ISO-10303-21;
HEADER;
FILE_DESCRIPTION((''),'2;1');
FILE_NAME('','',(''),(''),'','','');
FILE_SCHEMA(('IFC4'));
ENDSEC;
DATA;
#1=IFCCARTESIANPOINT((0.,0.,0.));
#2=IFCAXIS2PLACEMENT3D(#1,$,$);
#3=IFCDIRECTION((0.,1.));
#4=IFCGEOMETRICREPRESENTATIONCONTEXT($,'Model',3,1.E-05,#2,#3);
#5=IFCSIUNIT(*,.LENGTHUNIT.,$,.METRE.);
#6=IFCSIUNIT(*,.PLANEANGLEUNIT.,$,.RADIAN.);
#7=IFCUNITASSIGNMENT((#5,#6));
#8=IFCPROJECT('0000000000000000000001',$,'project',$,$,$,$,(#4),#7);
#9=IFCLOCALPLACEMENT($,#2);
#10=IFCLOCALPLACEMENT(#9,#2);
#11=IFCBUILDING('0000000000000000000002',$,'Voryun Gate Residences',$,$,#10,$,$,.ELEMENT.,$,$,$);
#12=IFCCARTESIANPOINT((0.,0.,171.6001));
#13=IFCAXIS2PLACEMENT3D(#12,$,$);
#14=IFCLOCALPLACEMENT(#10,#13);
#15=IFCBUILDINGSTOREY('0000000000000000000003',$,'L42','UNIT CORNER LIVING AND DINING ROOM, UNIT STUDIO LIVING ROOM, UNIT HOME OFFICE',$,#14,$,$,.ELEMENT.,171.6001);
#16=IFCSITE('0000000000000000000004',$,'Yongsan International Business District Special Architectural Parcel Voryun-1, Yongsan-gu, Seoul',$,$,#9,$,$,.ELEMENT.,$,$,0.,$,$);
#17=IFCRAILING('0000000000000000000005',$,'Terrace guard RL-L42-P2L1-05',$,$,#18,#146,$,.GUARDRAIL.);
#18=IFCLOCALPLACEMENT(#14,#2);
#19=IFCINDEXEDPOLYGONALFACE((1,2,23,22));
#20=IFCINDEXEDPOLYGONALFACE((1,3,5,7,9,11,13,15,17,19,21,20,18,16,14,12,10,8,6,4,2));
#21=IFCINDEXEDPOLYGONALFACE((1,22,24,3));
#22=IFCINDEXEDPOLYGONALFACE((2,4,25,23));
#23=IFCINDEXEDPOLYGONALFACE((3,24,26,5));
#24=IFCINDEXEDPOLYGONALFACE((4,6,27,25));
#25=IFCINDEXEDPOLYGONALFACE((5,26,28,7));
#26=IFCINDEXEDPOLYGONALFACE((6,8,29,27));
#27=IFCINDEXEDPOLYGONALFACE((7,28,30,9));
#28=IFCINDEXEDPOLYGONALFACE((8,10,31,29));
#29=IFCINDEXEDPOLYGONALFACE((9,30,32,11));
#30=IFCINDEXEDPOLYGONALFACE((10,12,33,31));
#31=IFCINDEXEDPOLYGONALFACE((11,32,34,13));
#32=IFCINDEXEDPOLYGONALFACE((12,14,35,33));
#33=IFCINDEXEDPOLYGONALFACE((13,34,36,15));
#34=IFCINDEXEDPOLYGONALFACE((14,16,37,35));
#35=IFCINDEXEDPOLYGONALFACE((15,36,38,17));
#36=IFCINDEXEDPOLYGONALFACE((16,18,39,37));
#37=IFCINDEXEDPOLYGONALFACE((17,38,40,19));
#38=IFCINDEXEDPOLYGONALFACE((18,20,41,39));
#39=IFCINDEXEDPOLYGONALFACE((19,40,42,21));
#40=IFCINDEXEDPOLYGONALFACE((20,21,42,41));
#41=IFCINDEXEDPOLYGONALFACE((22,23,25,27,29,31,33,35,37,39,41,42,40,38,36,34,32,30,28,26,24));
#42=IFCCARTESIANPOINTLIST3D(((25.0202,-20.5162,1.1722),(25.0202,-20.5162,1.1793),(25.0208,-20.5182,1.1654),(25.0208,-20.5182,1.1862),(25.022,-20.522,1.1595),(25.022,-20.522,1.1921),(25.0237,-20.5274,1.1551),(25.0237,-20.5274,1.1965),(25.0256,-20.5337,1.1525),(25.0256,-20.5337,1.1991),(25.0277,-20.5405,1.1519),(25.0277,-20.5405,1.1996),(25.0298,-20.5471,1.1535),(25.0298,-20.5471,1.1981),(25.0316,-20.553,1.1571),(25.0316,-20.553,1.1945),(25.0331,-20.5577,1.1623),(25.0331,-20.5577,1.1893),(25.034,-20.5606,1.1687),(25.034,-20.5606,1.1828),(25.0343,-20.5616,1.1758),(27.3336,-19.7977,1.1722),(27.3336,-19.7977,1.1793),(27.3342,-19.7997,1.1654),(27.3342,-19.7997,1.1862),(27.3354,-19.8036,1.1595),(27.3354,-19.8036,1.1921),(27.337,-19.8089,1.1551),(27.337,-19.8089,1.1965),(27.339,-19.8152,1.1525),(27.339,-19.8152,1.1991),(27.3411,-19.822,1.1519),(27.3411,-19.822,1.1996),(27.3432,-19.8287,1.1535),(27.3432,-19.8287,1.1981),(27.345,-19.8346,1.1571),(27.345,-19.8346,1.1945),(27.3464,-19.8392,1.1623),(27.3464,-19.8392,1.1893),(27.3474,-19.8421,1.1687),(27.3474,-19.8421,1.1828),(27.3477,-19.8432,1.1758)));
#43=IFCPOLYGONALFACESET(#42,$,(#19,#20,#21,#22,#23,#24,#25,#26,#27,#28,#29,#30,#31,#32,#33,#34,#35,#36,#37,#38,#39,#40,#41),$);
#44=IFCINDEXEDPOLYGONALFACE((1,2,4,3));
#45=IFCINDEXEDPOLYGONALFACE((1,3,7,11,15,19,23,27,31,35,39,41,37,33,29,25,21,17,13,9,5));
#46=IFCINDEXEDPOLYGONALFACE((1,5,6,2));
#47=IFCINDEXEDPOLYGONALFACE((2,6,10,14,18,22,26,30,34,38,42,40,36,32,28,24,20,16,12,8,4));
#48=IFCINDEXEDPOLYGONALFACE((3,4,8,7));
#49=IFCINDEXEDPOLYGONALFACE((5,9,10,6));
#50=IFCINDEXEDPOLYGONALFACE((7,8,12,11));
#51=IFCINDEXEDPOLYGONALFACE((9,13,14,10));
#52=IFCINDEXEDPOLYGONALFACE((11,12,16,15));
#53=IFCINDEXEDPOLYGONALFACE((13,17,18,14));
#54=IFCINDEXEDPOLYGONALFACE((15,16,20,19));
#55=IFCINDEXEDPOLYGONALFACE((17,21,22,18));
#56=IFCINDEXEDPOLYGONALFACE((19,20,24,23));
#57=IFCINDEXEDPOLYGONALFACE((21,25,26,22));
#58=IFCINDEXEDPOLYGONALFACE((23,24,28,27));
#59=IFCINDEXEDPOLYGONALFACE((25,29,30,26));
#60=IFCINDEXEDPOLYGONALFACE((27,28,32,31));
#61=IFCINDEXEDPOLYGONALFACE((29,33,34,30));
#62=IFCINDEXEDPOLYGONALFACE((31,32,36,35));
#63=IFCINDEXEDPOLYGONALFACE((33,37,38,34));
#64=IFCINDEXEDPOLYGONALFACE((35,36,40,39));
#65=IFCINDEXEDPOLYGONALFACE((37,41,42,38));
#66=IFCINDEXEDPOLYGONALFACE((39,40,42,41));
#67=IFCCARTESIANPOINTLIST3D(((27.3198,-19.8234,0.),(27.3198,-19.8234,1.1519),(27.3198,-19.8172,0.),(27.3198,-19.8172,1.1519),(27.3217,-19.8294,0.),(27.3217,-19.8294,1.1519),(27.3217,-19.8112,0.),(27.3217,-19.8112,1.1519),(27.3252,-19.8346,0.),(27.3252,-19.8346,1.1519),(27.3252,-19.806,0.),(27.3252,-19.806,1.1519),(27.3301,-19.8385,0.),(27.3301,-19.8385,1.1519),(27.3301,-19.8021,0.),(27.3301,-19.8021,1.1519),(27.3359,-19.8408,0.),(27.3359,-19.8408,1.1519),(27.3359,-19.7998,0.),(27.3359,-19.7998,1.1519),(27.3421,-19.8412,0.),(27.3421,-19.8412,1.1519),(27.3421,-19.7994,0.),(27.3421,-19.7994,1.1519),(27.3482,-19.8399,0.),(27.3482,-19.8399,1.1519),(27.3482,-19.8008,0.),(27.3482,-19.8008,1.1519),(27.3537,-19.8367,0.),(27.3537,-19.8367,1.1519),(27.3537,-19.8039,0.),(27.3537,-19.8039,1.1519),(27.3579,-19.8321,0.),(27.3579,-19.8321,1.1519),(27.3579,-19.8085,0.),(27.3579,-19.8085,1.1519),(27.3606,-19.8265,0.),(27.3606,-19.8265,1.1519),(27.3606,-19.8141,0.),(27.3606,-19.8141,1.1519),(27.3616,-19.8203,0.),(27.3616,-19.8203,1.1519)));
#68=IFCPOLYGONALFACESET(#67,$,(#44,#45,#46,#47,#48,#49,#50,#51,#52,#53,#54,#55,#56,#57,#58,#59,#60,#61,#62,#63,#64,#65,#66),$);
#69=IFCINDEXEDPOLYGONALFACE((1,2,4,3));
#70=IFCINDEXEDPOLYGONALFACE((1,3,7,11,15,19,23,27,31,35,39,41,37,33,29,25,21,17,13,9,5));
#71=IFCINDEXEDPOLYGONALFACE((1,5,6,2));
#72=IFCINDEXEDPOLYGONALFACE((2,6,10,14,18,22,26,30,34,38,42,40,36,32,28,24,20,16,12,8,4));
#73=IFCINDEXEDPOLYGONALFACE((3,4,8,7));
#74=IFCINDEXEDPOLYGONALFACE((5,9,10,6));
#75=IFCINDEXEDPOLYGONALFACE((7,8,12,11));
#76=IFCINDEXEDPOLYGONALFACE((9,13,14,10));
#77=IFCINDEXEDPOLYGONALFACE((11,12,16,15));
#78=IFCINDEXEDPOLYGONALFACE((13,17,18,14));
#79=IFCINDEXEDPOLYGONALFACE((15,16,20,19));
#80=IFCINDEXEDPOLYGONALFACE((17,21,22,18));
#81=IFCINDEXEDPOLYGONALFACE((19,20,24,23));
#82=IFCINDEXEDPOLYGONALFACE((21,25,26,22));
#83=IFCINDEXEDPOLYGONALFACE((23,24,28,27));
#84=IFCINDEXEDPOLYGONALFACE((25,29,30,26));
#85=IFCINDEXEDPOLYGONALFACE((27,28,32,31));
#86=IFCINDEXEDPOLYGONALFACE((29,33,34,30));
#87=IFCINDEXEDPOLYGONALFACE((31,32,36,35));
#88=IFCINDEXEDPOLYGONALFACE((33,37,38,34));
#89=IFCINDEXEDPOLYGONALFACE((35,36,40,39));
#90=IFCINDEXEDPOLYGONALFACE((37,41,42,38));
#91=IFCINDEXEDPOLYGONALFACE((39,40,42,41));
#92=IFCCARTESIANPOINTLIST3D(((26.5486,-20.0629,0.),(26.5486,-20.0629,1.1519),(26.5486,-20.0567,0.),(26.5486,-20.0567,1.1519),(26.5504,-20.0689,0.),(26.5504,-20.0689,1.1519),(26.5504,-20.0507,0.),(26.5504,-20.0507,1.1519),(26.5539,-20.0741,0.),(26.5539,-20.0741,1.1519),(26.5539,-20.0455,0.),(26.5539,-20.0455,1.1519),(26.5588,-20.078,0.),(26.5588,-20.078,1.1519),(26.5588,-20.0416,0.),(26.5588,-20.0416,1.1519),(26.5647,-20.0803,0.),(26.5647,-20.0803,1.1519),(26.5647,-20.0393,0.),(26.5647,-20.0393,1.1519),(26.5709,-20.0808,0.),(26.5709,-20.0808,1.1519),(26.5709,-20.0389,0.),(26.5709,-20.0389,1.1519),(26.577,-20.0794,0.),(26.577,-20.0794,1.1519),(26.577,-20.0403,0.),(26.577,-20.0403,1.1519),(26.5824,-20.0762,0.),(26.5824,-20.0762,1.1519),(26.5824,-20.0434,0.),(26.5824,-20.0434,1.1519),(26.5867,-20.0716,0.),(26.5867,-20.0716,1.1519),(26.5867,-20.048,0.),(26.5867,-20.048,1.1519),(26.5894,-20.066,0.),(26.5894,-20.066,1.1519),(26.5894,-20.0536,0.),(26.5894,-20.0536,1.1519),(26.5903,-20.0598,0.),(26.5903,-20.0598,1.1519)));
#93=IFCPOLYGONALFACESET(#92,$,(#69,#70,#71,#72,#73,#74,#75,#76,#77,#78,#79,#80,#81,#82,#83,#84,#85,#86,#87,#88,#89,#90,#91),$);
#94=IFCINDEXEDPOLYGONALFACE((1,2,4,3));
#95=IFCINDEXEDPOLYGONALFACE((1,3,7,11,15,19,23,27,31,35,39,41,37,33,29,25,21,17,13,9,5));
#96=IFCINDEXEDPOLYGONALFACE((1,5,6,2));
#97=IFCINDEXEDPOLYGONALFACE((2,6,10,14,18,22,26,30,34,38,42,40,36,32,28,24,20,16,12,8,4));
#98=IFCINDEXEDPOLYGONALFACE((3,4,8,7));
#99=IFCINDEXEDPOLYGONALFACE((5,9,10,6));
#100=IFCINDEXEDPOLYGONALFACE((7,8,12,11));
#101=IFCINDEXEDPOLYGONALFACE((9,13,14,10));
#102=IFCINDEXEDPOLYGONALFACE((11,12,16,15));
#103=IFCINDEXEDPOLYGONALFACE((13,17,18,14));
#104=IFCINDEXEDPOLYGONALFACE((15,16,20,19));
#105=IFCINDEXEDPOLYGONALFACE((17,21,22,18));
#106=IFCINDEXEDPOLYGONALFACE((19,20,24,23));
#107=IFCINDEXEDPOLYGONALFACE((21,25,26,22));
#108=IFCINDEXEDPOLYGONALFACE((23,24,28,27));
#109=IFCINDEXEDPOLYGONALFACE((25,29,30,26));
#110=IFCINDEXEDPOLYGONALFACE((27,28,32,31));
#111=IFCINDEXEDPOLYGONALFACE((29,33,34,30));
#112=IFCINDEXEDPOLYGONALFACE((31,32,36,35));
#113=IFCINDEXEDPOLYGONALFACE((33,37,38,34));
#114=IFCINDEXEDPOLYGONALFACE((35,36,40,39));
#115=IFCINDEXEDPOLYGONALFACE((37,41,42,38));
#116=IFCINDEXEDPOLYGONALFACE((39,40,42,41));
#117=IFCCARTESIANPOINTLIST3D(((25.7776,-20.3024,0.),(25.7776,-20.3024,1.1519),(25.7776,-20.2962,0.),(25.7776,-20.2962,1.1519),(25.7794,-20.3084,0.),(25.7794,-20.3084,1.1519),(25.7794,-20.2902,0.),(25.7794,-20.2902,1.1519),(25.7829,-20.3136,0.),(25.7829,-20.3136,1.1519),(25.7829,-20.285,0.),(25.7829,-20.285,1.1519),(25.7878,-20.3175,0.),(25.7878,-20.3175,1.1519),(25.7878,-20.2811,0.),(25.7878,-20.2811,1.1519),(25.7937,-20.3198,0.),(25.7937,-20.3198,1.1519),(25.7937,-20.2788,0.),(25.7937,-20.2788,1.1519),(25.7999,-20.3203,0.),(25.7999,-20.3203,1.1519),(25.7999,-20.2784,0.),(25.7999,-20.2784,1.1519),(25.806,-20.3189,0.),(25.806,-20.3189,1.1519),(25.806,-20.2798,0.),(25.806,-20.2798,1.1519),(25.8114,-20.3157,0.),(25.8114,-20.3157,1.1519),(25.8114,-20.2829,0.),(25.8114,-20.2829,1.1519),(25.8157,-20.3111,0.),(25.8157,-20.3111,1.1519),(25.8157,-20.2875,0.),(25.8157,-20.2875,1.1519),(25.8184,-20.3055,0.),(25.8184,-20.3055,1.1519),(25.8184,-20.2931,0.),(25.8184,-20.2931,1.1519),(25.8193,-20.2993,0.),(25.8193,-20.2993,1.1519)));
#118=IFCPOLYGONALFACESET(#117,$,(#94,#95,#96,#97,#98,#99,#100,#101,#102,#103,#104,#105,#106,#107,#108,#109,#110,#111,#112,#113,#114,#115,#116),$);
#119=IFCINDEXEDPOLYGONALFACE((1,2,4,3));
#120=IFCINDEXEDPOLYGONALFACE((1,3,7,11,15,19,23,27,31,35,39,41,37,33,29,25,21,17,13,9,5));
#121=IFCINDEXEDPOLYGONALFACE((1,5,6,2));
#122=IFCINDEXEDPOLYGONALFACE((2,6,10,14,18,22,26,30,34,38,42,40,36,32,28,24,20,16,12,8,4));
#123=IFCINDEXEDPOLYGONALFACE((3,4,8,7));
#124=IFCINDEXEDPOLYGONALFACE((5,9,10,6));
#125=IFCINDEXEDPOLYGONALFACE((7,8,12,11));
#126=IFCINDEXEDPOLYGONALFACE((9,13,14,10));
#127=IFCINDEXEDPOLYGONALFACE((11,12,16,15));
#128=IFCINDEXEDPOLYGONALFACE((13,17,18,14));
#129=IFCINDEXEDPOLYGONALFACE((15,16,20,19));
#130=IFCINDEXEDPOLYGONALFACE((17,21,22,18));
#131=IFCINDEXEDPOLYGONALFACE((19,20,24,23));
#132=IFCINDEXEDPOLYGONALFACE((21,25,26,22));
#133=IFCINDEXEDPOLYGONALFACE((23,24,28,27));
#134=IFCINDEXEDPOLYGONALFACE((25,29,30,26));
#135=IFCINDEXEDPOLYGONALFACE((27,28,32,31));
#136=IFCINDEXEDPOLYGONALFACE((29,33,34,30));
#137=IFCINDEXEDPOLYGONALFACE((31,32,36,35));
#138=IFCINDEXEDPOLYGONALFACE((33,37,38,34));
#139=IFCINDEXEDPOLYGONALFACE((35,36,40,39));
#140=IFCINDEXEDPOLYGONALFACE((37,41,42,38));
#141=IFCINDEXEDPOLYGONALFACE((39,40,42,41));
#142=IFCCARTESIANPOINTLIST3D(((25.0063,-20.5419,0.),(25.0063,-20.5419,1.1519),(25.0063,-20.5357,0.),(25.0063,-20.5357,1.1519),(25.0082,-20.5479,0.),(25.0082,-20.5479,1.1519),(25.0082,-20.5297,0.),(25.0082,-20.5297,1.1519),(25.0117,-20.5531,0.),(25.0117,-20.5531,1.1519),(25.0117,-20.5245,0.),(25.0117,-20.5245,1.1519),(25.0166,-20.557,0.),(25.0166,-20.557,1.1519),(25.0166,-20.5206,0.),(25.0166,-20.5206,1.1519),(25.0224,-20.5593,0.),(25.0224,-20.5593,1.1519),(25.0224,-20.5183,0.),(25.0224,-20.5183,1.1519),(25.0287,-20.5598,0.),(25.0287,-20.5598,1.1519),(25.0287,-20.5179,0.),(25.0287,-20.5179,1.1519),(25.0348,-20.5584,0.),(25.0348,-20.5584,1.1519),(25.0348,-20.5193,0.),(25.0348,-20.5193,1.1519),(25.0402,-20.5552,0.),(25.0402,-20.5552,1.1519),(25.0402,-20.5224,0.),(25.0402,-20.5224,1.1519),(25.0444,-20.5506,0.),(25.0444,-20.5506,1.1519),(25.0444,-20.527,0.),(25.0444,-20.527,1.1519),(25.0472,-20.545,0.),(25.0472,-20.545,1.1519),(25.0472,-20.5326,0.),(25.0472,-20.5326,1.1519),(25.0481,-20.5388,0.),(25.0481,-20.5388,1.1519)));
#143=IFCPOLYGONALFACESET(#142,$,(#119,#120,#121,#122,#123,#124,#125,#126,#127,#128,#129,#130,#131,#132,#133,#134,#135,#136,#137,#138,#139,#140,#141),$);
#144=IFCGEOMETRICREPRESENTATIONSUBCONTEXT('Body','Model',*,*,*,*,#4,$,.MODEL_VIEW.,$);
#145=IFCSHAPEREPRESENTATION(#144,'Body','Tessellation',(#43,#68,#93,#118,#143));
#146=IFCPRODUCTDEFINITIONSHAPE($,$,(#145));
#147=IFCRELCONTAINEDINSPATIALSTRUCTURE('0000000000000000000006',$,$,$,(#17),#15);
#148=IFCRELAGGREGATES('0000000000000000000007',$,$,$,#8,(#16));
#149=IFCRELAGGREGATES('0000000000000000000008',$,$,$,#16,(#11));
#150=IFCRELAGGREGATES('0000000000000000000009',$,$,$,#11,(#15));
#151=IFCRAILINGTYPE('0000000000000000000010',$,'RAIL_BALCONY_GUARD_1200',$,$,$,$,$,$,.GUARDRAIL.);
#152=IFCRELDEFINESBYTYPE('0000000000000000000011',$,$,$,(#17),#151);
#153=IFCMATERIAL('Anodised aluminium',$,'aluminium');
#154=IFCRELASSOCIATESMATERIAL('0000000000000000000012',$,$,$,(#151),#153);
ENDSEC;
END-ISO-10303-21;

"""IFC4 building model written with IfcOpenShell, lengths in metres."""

from ifc_helpers import new_model, si_unit, direction, frame, origin, origin_2d, place, context, subcontext, project, spatial, circle, extrude, material, type_object, element, save


model = new_model("IFC4")

# Units and contexts
model_context = context("Model", 3, precision=1e-05, world=origin(), true_north=direction((0.0, 1.0)))
body_context = subcontext(model_context, "Body", "Model", "MODEL_VIEW")
ifc_project = project(units=[si_unit("LENGTHUNIT", "METRE"), si_unit("PLANEANGLEUNIT", "RADIAN")], contexts=[model_context])

# Site, building, storey
site_placement = place(None, origin())
site = spatial("IfcSite", under=ifc_project, at=site_placement, Name="Yongsan International Business District Special Architectural Parcel Voryun-1, Yongsan-gu, Seoul", CompositionType="ELEMENT", RefElevation=0.0)
building_placement = place(site_placement, origin())
building = spatial("IfcBuilding", under=site, at=building_placement, Name="Voryun Gate Residences", CompositionType="ELEMENT")
storey_placement = place(building_placement, frame((0.0, 0.0, 171.6001)))
storey = spatial("IfcBuildingStorey", under=building, at=storey_placement, Name="L42", Description="UNIT CORNER LIVING AND DINING ROOM, UNIT STUDIO LIVING ROOM, UNIT HOME OFFICE", CompositionType="ELEMENT", Elevation=171.6001)

# Railing
ifc_material_1 = material(Name="Anodised aluminium", Category="aluminium")
railing_type = type_object("IfcRailingType", Name="RAIL_BALCONY_GUARD_1200", PredefinedType="GUARDRAIL", material=ifc_material_1)
railing_1_placement = place(storey_placement, frame((27.3406, -19.8203, 0.0)))
element("IfcRailing", 1, at=railing_1_placement, inside=storey, type_object=railing_type, Name="Terrace guard RL-L42-P2L1-05", PredefinedType="GUARDRAIL", context=body_context, shape_type="SweptSolid", body=[
    extrude(circle(Radius=0.0239, at=origin_2d()), frame((0.0, 0.0, 1.1758), z_axis=(-0.955002, -0.296599, 0.0), x_axis=(0.296599, -0.955002, 0.0)), (0.0, 0.0, 1.0), 2.4224),
    extrude(circle(Radius=0.021, at=origin_2d()), origin(), (0.0, 0.0, 1.0), 1.1519),
    extrude(circle(Radius=0.021, at=origin_2d()), frame((-0.7712, -0.2395, 0.0)), (0.0, 0.0, 1.0), 1.1519),
    extrude(circle(Radius=0.021, at=origin_2d()), frame((-1.5422, -0.479, 0.0)), (0.0, 0.0, 1.0), 1.1519),
    extrude(circle(Radius=0.021, at=origin_2d()), frame((-2.3135, -0.7185, 0.0)), (0.0, 0.0, 1.0), 1.1519),
])

save(model, "model.ifc")
